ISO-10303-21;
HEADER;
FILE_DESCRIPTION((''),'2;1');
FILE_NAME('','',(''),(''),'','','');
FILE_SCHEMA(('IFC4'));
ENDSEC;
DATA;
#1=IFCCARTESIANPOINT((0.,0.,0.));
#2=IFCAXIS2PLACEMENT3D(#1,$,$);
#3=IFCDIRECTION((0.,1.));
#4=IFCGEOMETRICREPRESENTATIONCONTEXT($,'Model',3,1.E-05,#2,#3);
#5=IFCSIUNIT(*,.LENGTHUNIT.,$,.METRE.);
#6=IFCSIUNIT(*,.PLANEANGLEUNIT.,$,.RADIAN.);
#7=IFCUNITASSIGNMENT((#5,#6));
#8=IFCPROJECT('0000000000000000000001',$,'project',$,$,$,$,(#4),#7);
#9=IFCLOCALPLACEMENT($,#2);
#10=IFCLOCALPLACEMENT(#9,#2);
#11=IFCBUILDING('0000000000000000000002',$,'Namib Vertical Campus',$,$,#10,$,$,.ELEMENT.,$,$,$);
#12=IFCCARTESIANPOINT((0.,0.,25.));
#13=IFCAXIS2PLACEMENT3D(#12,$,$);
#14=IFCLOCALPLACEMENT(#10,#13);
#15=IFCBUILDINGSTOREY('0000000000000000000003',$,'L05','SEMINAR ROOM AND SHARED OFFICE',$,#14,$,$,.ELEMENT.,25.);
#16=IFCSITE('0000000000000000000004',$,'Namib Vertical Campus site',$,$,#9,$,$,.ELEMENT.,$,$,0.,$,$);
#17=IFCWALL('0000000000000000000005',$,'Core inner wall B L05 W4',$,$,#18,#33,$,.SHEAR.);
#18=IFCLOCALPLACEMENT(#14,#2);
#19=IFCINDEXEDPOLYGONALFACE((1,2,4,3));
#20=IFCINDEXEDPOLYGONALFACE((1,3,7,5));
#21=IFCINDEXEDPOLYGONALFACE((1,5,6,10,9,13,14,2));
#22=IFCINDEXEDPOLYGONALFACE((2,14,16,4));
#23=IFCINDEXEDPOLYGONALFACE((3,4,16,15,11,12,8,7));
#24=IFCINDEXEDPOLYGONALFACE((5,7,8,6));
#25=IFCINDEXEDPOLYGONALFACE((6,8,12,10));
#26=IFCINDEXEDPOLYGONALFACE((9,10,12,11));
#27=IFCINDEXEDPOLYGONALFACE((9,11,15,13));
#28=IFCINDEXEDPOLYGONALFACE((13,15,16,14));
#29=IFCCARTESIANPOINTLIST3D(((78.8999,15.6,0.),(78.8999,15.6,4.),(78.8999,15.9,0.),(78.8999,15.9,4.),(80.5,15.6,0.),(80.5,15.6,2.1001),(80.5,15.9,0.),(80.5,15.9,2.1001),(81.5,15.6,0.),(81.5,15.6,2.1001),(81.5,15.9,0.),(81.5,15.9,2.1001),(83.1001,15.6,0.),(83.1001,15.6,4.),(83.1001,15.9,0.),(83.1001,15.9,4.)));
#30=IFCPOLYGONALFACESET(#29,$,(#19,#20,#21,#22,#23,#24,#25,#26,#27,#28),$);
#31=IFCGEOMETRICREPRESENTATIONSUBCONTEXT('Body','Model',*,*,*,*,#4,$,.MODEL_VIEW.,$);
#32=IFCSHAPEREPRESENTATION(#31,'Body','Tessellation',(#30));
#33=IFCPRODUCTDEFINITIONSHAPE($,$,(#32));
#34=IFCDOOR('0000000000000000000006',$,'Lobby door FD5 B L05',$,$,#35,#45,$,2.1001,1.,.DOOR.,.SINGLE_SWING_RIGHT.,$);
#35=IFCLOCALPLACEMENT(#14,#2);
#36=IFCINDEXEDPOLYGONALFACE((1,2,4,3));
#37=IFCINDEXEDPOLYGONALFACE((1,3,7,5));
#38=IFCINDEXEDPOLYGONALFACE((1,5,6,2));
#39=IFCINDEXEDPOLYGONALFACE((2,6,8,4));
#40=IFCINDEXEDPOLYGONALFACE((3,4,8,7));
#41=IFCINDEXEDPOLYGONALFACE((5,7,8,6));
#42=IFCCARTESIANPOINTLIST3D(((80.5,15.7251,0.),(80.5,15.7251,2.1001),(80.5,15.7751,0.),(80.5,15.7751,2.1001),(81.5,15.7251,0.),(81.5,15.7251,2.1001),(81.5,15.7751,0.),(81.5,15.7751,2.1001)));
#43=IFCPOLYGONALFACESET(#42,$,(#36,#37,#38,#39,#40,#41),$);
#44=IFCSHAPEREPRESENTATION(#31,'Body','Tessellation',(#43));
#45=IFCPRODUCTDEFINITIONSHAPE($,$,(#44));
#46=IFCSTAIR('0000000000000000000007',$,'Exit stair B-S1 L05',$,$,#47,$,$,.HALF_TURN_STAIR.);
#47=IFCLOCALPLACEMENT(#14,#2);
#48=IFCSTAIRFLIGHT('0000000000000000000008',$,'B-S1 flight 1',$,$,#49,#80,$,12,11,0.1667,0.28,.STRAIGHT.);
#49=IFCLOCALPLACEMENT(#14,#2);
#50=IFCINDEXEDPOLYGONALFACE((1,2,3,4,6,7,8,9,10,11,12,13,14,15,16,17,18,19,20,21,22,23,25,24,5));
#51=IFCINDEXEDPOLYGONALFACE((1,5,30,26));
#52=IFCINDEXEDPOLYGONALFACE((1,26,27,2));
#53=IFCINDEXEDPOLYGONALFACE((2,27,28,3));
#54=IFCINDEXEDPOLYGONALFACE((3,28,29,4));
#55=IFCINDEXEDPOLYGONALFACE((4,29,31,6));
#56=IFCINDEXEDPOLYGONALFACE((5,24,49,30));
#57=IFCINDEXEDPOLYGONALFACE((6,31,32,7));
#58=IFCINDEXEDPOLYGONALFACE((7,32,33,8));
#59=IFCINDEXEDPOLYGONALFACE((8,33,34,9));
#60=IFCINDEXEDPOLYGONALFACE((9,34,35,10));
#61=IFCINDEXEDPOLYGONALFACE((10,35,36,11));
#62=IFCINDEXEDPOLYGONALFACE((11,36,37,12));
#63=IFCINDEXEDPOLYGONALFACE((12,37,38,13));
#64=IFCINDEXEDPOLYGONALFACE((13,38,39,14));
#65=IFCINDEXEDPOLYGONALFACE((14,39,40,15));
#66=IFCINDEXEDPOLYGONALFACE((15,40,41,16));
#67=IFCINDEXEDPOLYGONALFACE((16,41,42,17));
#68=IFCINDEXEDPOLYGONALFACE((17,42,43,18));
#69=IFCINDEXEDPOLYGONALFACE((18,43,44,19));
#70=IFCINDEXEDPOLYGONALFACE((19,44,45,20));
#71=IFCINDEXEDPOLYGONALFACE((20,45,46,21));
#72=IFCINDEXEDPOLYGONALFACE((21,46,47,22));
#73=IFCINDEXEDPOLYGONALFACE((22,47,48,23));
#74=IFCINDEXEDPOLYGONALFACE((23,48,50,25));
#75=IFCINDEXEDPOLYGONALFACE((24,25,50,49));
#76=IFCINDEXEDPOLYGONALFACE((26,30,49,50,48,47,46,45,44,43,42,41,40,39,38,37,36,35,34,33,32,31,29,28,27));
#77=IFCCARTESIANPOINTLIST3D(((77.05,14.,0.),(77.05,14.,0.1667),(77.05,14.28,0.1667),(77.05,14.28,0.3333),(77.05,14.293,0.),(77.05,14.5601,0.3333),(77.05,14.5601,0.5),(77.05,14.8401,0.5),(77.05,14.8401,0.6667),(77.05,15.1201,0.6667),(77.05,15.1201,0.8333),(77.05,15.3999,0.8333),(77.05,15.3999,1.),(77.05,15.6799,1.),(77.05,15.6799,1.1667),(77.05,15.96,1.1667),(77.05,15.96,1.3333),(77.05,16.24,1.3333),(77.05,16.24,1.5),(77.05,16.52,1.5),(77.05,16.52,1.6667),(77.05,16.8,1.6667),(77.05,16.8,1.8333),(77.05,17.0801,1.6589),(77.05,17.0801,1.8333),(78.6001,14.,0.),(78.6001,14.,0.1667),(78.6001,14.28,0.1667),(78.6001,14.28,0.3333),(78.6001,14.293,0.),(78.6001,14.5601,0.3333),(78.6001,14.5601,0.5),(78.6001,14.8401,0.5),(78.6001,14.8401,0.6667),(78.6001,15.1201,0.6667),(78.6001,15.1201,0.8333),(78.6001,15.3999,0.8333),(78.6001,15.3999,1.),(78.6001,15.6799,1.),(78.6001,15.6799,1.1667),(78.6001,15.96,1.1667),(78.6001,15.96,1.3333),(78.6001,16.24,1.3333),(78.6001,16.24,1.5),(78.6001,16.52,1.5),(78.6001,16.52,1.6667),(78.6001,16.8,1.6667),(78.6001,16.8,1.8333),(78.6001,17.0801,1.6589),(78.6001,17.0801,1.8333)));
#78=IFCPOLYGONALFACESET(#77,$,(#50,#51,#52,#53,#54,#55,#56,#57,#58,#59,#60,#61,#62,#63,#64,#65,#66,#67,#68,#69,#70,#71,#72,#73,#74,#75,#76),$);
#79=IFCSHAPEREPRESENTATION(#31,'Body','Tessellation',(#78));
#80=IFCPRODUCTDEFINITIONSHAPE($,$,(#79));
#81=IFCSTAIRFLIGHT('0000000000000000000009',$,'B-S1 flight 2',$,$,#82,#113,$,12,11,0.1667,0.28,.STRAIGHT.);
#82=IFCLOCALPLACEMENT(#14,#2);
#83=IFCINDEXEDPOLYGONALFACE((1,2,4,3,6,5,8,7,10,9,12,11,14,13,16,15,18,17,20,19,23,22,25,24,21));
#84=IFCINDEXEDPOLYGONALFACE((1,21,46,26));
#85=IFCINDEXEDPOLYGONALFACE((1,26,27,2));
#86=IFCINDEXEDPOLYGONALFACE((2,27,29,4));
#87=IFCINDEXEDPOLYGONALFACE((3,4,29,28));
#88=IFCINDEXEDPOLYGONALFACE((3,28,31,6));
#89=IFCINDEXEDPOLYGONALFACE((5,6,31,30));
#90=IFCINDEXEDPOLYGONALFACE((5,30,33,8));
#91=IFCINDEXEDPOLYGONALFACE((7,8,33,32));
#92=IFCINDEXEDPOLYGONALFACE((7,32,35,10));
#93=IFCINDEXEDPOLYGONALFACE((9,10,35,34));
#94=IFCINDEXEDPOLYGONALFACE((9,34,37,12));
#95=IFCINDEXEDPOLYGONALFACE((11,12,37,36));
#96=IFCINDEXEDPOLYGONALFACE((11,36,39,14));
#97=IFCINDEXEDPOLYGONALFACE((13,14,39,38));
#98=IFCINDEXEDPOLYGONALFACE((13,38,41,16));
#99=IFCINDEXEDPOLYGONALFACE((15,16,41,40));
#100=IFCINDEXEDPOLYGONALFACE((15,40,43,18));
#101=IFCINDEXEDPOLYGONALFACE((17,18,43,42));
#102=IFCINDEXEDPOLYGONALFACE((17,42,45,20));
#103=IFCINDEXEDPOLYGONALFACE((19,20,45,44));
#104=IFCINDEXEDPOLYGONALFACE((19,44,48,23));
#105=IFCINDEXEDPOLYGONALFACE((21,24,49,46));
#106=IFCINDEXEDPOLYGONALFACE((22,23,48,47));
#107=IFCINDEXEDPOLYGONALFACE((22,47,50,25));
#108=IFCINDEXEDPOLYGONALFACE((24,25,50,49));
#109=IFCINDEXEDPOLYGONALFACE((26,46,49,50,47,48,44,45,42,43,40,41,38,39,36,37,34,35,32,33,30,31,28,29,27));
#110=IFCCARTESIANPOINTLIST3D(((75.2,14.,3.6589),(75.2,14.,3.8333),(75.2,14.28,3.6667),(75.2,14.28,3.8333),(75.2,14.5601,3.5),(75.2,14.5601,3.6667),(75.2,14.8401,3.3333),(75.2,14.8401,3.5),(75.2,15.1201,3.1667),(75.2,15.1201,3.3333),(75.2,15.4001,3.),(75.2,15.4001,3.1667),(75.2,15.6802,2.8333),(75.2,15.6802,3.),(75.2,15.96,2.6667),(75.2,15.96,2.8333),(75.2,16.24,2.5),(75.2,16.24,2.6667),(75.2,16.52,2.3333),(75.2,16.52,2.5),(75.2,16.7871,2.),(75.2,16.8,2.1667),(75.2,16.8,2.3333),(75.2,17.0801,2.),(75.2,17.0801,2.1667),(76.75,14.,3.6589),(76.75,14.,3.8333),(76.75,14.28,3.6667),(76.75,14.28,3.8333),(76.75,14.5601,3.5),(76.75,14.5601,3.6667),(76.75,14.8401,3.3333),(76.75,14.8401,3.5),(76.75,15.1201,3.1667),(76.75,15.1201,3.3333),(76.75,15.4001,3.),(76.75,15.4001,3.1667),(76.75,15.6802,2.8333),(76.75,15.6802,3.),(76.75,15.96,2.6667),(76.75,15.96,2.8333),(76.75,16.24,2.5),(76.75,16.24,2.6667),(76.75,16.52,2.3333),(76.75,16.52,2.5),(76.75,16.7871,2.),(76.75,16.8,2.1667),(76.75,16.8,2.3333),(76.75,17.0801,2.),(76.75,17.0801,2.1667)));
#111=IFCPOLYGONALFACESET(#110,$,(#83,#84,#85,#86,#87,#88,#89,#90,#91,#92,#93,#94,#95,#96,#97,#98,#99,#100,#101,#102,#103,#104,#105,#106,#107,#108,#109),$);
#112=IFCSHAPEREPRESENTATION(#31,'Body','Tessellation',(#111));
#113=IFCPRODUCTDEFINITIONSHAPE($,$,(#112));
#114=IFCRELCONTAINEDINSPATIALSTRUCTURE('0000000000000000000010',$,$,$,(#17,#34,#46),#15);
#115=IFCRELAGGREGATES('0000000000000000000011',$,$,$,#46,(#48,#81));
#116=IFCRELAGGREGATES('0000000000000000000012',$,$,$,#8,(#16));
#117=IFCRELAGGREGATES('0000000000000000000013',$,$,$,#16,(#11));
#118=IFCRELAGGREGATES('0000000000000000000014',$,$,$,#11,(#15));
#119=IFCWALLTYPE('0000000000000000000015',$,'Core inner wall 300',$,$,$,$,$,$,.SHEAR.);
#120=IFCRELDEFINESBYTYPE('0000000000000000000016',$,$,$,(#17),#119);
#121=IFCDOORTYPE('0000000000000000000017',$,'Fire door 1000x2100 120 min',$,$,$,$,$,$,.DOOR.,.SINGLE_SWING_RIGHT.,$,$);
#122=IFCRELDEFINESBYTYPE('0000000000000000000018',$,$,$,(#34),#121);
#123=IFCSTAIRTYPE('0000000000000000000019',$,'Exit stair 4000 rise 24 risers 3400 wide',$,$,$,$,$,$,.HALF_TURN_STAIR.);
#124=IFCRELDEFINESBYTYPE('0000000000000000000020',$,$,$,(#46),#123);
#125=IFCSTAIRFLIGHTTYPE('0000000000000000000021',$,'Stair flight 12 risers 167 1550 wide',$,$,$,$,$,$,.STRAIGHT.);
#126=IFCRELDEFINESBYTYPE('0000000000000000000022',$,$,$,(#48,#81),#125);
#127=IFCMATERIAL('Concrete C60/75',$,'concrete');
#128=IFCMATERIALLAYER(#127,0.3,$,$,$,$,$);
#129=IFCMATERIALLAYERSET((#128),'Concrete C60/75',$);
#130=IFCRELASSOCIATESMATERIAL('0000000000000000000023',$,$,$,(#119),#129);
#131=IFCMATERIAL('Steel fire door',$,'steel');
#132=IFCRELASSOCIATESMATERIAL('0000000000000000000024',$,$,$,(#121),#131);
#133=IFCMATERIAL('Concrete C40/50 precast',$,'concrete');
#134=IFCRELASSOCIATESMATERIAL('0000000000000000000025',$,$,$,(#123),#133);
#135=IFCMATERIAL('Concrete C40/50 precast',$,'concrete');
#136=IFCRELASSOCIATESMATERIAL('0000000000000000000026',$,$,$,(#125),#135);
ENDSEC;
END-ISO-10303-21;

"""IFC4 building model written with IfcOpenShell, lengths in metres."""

from ifc_helpers import new_model, si_unit, direction, frame, frame_2d, origin, place, context, subcontext, project, spatial, polyline, rectangle, outline, extrude, material, layer, layer_set, type_object, element, fill, aggregate, save


model = new_model("IFC4")

# Units and contexts
model_context = context("Model", 3, precision=1e-05, world=origin(), true_north=direction((0.0, 1.0)))
body_context = subcontext(model_context, "Body", "Model", "MODEL_VIEW")
ifc_project = project(units=[si_unit("LENGTHUNIT", "METRE"), si_unit("PLANEANGLEUNIT", "RADIAN")], contexts=[model_context])

# Site, building, storey
site_placement = place(None, origin())
site = spatial("IfcSite", under=ifc_project, at=site_placement, Name="Namib Vertical Campus site", CompositionType="ELEMENT", RefElevation=0.0)
building_placement = place(site_placement, origin())
building = spatial("IfcBuilding", under=site, at=building_placement, Name="Namib Vertical Campus", CompositionType="ELEMENT")
storey_placement = place(building_placement, frame((0.0, 0.0, 25.0)))
storey = spatial("IfcBuildingStorey", under=building, at=storey_placement, Name="L05", Description="SEMINAR ROOM AND SHARED OFFICE", CompositionType="ELEMENT", Elevation=25.0)

# Shared definitions
ifc_material_1 = material(Name="Concrete C60/75", Category="concrete")
ifc_layer = layer(ifc_material_1, 0.3)
ifc_layer_set = layer_set([ifc_layer], Name="Concrete C60/75")
wall_type = type_object("IfcWallType", Name="Core inner wall 300", PredefinedType="SHEAR", material=ifc_layer_set)

# Wall, opening, door
wall_1_placement = place(storey_placement, frame((78.8999, 15.75, 0.0), z_axis=(0.0, 0.0, 1.0), x_axis=(1.0, 0.0, 0.0)))
wall_1 = element("IfcWall", 1, at=wall_1_placement, inside=storey, type_object=wall_type, Name="Core inner wall B L05 W4", PredefinedType="SHEAR", context=body_context, shape_type="SweptSolid", body=[
    extrude(rectangle(XDim=4.2002, YDim=0.3, at=frame_2d((2.1001, 0.0))), origin(), (0.0, 0.0, 1.0), 4.0),
])
opening_1_placement = place(wall_1_placement, frame((1.6001, 0.0, 0.0)))
opening_1 = element("IfcOpeningElement", 2, at=opening_1_placement, cuts=wall_1, PredefinedType="OPENING", context=body_context, shape_type="SweptSolid", body=[
    extrude(rectangle(XDim=1.0, YDim=2.1001, at=frame_2d((0.5, 1.05))), frame((0.0, 0.1599, 0.0), z_axis=(0.0, -1.0, 0.0), x_axis=(1.0, 0.0, 0.0)), (0.0, 0.0, 1.0), 0.3201),
])
ifc_material_2 = material(Name="Steel fire door", Category="steel")
door_type_1 = type_object("IfcDoorType", Name="Fire door 1000x2100 120 min", OperationType="SINGLE_SWING_RIGHT", PredefinedType="DOOR", material=ifc_material_2)
door_1_placement = place(opening_1_placement, frame((1.0, 0.0, 0.0), z_axis=(0.0, 0.0, 1.0), x_axis=(-1.0, 0.0, 0.0)))
door_1 = element("IfcDoor", 3, at=door_1_placement, inside=storey, type_object=door_type_1, Name="Lobby door FD5 B L05", OperationType="SINGLE_SWING_RIGHT", OverallHeight=2.1001, OverallWidth=1.0, PredefinedType="DOOR", context=body_context, shape_type="SweptSolid", body=[
    extrude(rectangle(XDim=1.0, YDim=2.1001, at=frame_2d((0.5, 1.05))), frame((0.0, 0.0249, 0.0), z_axis=(0.0, -1.0, 0.0), x_axis=(1.0, 0.0, 0.0)), (0.0, 0.0, 1.0), 0.05),
])
fill(opening_1, door_1)

# Stair, stair flights
ifc_material_3 = material(Name="Concrete C40/50 precast", Category="concrete")
stair_type = type_object("IfcStairType", Name="Exit stair 4000 rise 24 risers 3400 wide", PredefinedType="HALF_TURN_STAIR", material=ifc_material_3)
stair_placement = place(storey_placement, origin())
stair = element("IfcStair", 4, at=stair_placement, inside=storey, type_object=stair_type, Name="Exit stair B-S1 L05", PredefinedType="HALF_TURN_STAIR")
ifc_material_4 = material(Name="Concrete C40/50 precast", Category="concrete")
stair_flight_type = type_object("IfcStairFlightType", Name="Stair flight 12 risers 167 1550 wide", PredefinedType="STRAIGHT", material=ifc_material_4)
stair_flight_1_placement = place(storey_placement, frame((77.825, 14.0, 0.0), z_axis=(0.0, 0.0, 1.0), x_axis=(0.0, 1.0, 0.0)))
stair_flight_1 = element("IfcStairFlight", 5, at=stair_flight_1_placement, type_object=stair_flight_type, Name="B-S1 flight 1", NumberOfRisers=12, NumberOfTreads=11, PredefinedType="STRAIGHT", RiserHeight=0.1667, TreadLength=0.28, context=body_context, shape_type="SweptSolid", body=[
    extrude(outline(polyline([(0.0, 0.0), (0.0, 0.1667), (0.28, 0.1667), (0.28, 0.3333), (0.5601, 0.3333), (0.5601, 0.5), (0.8401, 0.5), (0.8401, 0.6667), (1.1201, 0.6667), (1.1201, 0.8333), (1.3999, 0.8333), (1.3999, 1.0), (1.6799, 1.0), (1.6799, 1.1667), (1.96, 1.1667), (1.96, 1.3333), (2.24, 1.3333), (2.24, 1.5), (2.52, 1.5), (2.52, 1.6667), (2.8, 1.6667), (2.8, 1.8333), (3.0801, 1.8333), (3.0801, 2.0), (3.0801, 1.6589), (0.293, 0.0), (0.0, 0.0)])), frame((0.0, 0.7749, 0.0), z_axis=(0.0, -1.0, 0.0), x_axis=(1.0, 0.0, 0.0)), (0.0, 0.0, 1.0), 1.55),
])
stair_flight_2_placement = place(storey_placement, frame((75.9751, 17.0801, 2.0), z_axis=(0.0, 0.0, 1.0), x_axis=(0.0, -1.0, 0.0)))
stair_flight_2 = element("IfcStairFlight", 6, at=stair_flight_2_placement, type_object=stair_flight_type, Name="B-S1 flight 2", NumberOfRisers=12, NumberOfTreads=11, PredefinedType="STRAIGHT", RiserHeight=0.1667, TreadLength=0.28, context=body_context, shape_type="SweptSolid", body=[
    extrude(outline(polyline([(0.0, 0.0), (0.0, 0.1667), (0.28, 0.1667), (0.28, 0.3333), (0.5601, 0.3333), (0.5601, 0.5), (0.8401, 0.5), (0.8401, 0.6667), (1.1201, 0.6667), (1.1201, 0.8333), (1.3999, 0.8333), (1.3999, 1.0), (1.6799, 1.0), (1.6799, 1.1667), (1.96, 1.1667), (1.96, 1.3333), (2.24, 1.3333), (2.24, 1.5), (2.52, 1.5), (2.52, 1.6667), (2.8, 1.6667), (2.8, 1.8333), (3.0801, 1.8333), (3.0801, 2.0), (3.0801, 1.6589), (0.293, 0.0), (0.0, 0.0)])), frame((0.0, 0.7749, 0.0), z_axis=(0.0, -1.0, 0.0), x_axis=(1.0, 0.0, 0.0)), (0.0, 0.0, 1.0), 1.55),
])
aggregate(stair, [stair_flight_1, stair_flight_2])

save(model, "model.ifc")
